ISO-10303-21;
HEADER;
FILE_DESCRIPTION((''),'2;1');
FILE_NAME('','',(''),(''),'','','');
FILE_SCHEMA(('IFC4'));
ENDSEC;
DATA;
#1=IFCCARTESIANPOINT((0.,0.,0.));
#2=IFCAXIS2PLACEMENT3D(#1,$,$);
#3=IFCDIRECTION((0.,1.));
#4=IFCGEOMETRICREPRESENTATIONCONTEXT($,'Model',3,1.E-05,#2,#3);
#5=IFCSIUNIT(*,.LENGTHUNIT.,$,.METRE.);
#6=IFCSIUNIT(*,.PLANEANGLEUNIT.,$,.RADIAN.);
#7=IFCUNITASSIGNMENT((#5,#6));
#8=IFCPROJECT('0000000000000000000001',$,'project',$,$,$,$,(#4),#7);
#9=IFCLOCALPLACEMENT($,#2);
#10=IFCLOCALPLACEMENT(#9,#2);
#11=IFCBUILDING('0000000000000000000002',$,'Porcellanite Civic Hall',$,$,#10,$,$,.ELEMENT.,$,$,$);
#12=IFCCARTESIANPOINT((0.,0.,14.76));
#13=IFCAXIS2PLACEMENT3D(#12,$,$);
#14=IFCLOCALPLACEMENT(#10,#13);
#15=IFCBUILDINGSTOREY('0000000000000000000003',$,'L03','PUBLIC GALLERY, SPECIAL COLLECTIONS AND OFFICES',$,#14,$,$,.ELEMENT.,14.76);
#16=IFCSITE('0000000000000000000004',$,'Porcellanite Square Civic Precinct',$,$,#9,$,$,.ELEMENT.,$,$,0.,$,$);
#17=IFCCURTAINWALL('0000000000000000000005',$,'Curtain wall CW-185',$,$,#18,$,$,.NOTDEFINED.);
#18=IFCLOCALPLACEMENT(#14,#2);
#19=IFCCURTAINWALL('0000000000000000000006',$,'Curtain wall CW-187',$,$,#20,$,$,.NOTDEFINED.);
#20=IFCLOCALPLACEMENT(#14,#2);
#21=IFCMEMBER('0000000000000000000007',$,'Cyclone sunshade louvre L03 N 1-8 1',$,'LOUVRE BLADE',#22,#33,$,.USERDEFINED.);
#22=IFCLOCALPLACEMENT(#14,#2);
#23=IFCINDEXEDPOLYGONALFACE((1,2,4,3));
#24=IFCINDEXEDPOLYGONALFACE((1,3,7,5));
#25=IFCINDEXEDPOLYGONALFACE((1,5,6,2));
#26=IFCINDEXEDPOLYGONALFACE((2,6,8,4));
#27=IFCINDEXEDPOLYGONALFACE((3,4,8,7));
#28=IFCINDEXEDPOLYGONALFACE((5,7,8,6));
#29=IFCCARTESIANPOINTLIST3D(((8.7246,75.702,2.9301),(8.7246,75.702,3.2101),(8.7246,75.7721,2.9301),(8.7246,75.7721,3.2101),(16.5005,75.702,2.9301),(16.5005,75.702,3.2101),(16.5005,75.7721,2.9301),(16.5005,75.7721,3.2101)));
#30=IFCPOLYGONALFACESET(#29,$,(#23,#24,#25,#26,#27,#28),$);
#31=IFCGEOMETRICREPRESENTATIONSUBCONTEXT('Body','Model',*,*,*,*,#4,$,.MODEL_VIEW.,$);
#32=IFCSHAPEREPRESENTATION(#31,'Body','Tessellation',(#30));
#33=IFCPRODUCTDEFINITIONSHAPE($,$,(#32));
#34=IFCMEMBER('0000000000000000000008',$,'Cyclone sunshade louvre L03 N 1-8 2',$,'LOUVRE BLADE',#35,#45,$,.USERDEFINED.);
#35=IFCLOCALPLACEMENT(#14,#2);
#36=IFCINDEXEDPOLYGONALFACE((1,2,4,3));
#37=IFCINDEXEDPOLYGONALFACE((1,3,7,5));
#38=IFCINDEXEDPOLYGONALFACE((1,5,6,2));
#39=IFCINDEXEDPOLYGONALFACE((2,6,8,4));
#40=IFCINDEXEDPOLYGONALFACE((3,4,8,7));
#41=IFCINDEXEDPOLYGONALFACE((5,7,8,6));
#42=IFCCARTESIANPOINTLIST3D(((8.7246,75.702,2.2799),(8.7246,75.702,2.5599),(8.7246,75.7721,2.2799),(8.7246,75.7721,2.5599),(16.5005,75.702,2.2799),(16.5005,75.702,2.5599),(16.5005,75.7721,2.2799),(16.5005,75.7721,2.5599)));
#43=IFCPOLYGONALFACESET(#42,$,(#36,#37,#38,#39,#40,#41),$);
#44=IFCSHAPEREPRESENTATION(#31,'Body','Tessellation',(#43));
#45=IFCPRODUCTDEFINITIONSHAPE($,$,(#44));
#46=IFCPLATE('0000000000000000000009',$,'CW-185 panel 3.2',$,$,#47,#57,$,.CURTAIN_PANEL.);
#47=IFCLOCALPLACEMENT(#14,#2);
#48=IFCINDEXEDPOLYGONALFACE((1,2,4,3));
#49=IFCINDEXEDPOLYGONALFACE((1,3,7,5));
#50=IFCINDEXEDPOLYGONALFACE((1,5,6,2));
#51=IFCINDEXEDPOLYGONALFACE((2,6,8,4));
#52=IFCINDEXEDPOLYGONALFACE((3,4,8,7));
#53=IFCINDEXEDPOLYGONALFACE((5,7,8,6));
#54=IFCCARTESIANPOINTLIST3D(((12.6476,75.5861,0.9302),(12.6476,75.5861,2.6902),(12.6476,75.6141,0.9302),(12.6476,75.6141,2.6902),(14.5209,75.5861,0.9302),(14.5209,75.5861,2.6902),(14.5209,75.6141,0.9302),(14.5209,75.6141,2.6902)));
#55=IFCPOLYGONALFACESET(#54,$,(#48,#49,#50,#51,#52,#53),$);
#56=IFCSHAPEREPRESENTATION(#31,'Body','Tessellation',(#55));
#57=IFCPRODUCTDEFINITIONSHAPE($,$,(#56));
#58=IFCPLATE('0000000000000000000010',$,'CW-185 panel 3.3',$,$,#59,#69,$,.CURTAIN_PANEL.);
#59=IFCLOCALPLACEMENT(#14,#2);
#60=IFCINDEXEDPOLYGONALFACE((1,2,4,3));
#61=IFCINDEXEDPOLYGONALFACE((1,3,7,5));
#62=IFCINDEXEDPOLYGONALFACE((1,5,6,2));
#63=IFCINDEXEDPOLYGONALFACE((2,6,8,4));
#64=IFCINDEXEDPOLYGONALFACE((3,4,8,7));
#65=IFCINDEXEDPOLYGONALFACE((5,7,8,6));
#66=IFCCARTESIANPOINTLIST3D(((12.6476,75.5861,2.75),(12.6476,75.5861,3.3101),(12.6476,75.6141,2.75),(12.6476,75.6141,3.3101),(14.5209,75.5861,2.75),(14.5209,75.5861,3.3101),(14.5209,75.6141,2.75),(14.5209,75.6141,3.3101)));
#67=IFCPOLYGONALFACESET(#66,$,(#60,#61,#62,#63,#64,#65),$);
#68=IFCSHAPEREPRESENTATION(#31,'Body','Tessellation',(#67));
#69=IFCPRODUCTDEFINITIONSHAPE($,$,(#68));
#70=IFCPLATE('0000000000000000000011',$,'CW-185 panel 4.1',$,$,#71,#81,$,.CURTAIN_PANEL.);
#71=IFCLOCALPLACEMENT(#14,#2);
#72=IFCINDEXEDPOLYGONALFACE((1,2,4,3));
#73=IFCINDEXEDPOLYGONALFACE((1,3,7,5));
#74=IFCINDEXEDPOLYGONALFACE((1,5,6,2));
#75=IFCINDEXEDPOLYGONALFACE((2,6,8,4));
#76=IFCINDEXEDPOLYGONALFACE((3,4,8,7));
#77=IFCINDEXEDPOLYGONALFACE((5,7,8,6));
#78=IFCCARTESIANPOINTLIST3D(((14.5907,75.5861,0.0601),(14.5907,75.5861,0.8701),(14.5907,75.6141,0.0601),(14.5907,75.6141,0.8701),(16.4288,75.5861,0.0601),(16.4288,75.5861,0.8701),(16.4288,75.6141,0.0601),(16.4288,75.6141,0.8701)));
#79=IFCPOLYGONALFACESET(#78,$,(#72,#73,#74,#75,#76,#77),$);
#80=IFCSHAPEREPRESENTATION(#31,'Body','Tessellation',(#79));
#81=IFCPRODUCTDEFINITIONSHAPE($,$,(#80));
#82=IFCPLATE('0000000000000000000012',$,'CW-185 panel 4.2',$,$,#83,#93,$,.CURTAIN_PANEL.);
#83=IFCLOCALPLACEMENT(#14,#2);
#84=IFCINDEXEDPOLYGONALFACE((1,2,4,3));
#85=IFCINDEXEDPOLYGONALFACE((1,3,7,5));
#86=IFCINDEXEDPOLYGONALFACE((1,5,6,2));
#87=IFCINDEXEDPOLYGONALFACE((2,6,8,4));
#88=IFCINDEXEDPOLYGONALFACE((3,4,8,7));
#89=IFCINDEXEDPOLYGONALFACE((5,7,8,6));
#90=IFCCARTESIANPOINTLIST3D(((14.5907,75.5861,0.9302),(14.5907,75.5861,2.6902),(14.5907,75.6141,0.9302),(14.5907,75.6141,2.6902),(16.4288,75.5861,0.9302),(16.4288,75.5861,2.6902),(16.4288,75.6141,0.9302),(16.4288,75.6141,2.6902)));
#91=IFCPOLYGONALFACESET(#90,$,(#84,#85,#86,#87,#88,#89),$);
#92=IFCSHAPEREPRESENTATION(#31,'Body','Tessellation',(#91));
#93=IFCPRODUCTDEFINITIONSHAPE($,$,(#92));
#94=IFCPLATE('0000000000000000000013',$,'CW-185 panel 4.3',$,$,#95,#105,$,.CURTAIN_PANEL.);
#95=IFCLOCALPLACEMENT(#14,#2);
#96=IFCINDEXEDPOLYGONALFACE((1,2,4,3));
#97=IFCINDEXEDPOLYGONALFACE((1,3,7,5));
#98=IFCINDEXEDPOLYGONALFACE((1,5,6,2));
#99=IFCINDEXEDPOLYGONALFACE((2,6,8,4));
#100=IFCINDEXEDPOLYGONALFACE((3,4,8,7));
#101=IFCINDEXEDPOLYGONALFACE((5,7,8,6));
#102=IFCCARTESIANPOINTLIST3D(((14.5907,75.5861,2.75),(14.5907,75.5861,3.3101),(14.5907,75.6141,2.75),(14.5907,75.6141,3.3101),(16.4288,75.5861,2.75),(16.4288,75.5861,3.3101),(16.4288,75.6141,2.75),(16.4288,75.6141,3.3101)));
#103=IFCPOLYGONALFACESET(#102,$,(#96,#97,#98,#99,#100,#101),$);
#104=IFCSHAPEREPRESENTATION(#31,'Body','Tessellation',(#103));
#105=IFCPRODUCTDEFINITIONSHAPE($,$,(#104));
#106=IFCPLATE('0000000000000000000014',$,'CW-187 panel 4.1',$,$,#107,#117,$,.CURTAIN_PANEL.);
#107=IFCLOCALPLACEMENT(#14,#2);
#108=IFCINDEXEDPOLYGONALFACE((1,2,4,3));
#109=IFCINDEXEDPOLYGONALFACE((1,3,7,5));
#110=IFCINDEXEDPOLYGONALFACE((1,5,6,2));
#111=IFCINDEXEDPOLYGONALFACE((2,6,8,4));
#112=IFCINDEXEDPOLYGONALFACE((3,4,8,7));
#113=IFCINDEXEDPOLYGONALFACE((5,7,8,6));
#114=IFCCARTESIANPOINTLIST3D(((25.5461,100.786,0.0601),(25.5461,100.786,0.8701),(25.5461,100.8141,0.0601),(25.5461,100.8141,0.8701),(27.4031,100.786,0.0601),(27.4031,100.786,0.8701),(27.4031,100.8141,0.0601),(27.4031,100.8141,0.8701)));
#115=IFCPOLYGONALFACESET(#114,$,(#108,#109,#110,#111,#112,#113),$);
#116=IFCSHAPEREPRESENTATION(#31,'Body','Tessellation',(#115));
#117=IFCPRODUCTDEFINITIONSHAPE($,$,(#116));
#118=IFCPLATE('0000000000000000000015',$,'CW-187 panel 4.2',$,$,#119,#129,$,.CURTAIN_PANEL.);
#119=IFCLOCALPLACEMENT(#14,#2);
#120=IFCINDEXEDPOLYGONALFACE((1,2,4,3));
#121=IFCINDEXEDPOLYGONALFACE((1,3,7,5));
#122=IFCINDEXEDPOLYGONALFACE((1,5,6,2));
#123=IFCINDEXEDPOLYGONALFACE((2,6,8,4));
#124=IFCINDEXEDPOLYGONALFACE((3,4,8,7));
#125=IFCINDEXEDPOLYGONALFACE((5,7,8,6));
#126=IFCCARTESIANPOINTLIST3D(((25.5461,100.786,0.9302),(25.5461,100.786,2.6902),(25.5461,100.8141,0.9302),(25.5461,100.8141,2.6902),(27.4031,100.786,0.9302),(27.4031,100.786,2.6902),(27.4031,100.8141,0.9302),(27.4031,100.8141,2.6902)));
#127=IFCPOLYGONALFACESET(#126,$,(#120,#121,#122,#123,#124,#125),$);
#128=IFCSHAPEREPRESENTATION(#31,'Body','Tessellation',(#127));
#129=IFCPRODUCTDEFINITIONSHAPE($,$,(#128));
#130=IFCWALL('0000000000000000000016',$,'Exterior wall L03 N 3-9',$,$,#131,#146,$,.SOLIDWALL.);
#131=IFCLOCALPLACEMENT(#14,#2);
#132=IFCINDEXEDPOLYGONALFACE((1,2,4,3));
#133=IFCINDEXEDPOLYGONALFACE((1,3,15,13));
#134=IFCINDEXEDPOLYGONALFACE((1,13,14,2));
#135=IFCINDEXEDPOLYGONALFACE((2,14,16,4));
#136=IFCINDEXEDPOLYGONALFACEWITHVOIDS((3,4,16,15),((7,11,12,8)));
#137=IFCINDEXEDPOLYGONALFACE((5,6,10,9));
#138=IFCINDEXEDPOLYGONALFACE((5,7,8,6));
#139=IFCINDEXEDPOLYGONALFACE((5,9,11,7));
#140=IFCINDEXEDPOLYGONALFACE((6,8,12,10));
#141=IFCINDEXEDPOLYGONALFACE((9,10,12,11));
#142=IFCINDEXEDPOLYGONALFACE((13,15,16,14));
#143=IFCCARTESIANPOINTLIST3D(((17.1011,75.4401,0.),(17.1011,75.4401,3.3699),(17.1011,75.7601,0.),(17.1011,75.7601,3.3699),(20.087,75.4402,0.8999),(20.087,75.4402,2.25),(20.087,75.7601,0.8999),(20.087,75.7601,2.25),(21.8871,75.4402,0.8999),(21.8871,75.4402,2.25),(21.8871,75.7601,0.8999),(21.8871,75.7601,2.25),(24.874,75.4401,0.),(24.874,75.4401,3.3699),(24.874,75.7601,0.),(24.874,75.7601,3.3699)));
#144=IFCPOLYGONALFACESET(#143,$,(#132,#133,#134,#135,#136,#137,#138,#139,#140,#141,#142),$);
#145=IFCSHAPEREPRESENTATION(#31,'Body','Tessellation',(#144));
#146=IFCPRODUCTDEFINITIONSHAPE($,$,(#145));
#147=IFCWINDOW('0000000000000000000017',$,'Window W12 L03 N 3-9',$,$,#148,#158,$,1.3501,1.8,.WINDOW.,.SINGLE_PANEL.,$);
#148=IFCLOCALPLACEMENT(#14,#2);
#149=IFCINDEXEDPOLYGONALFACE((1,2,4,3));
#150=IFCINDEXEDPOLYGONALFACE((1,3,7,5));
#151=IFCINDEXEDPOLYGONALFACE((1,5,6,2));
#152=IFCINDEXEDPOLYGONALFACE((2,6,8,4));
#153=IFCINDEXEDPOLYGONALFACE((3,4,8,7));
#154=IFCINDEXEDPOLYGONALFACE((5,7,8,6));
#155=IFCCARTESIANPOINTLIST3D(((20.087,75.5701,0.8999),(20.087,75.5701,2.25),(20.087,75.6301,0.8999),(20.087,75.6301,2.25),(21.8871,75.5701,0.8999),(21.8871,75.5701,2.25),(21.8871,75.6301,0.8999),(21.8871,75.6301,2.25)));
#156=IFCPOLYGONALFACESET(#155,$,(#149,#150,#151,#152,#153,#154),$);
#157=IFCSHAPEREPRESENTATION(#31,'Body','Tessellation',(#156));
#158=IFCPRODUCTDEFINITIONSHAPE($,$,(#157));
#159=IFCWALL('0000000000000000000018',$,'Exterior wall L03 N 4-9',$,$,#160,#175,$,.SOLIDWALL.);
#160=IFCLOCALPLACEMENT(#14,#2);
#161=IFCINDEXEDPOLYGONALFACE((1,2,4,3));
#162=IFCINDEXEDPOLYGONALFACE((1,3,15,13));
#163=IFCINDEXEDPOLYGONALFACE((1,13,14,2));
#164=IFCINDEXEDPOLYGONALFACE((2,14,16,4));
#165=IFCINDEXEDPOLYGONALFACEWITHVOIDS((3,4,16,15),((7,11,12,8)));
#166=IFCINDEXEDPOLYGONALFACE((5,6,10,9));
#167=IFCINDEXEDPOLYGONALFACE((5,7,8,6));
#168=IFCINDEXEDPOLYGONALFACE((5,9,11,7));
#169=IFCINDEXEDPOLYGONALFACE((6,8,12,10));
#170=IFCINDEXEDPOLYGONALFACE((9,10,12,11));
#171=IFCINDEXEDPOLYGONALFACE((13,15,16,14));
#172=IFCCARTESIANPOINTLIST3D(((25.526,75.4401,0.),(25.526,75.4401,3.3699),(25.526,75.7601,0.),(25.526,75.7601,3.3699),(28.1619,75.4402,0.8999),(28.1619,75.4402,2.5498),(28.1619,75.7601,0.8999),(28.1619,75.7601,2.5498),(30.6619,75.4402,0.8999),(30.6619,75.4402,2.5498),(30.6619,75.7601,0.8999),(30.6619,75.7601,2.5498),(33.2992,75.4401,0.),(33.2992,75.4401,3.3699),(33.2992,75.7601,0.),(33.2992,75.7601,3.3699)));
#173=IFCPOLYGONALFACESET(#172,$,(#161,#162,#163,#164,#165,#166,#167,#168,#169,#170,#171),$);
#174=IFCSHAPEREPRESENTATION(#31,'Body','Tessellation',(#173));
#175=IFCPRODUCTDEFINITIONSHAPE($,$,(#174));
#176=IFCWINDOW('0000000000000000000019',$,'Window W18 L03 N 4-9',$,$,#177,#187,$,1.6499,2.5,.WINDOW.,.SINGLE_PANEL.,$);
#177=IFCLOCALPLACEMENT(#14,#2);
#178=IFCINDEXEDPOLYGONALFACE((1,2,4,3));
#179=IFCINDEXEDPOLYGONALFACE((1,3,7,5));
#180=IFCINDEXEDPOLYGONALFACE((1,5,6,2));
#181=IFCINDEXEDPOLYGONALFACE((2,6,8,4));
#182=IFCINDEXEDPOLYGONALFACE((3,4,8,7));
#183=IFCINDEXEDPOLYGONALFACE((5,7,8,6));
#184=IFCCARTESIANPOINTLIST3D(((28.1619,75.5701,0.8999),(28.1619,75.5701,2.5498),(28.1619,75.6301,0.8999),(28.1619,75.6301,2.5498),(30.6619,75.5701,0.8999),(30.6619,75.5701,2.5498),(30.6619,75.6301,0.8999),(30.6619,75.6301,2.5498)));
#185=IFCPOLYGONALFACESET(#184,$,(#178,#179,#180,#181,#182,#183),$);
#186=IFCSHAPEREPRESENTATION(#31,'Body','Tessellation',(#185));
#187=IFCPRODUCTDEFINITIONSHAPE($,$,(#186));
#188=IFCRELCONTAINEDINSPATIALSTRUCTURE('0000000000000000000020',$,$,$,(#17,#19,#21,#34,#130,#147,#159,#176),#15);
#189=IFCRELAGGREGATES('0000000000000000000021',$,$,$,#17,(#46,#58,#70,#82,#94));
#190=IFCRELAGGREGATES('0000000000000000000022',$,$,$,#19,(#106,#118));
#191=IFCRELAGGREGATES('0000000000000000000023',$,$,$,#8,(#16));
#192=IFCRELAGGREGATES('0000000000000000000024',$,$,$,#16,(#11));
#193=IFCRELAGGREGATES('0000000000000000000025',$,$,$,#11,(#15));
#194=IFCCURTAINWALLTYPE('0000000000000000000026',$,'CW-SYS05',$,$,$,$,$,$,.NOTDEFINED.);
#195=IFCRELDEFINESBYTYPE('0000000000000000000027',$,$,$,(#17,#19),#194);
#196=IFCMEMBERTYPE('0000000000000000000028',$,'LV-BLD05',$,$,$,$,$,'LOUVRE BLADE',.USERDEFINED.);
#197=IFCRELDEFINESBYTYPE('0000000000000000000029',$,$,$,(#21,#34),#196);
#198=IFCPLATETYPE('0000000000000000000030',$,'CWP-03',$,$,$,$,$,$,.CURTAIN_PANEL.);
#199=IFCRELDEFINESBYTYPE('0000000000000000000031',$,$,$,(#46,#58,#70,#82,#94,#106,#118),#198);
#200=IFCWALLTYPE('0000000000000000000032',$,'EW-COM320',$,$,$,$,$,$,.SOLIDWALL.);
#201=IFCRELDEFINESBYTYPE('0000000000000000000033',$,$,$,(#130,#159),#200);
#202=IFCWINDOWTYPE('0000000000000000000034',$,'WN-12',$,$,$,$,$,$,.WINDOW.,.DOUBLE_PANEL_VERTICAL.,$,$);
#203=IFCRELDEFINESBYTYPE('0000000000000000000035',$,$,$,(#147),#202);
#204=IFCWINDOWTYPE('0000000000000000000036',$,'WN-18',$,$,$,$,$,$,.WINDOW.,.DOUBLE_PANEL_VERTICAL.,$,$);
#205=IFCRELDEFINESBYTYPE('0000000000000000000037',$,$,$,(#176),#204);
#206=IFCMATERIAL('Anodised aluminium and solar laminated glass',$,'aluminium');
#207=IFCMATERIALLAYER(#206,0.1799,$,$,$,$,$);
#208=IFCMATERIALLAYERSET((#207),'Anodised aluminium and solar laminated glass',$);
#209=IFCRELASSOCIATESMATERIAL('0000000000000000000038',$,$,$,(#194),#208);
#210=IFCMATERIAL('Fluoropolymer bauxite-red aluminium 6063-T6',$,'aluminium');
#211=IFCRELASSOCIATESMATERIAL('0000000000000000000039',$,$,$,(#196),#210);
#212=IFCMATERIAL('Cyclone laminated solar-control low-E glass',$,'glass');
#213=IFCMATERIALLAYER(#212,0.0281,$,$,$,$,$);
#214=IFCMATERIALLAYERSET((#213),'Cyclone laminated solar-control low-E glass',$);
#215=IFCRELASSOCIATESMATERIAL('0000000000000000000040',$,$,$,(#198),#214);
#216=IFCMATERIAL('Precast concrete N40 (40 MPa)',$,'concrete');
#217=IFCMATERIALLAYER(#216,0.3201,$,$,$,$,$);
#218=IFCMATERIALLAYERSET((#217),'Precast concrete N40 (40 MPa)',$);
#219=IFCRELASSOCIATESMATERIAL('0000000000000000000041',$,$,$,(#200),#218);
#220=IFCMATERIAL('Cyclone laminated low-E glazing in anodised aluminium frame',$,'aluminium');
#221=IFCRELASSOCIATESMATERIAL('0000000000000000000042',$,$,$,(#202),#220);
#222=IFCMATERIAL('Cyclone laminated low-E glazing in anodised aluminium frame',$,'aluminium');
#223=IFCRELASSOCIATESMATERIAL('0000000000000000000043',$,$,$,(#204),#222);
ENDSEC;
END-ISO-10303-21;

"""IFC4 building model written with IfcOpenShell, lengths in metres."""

from ifc_helpers import new_model, si_unit, direction, frame, frame_2d, origin, origin_2d, place, context, subcontext, project, spatial, rectangle, extrude, material, layer, layer_set, material_profile, profile_set, type_object, element, fill, aggregate, save


model = new_model("IFC4")

# Units and contexts
model_context = context("Model", 3, precision=1e-05, world=origin(), true_north=direction((0.0, 1.0)))
body_context = subcontext(model_context, "Body", "Model", "MODEL_VIEW")
ifc_project = project(units=[si_unit("LENGTHUNIT", "METRE"), si_unit("PLANEANGLEUNIT", "RADIAN")], contexts=[model_context])

# Site, building, storey
site_placement = place(None, origin())
site = spatial("IfcSite", under=ifc_project, at=site_placement, Name="Porcellanite Square Civic Precinct", CompositionType="ELEMENT", RefElevation=0.0)
building_placement = place(site_placement, origin())
building = spatial("IfcBuilding", under=site, at=building_placement, Name="Porcellanite Civic Hall", CompositionType="ELEMENT")
storey_placement = place(building_placement, frame((0.0, 0.0, 14.76)))
storey = spatial("IfcBuildingStorey", under=building, at=storey_placement, Name="L03", Description="PUBLIC GALLERY, SPECIAL COLLECTIONS AND OFFICES", CompositionType="ELEMENT", Elevation=14.76)

# Curtain wall
ifc_material_1 = material(Name="Anodised aluminium and solar laminated glass", Category="aluminium")
ifc_layer_1 = layer(ifc_material_1, 0.1799)
ifc_layer_set_1 = layer_set([ifc_layer_1], Name="Anodised aluminium and solar laminated glass")
curtain_wall_type = type_object("IfcCurtainWallType", Name="CW-SYS05", PredefinedType="NOTDEFINED", material=ifc_layer_set_1)
curtain_wall_1_placement = place(storey_placement, origin())
curtain_wall_1 = element("IfcCurtainWall", 1, at=curtain_wall_1_placement, inside=storey, type_object=curtain_wall_type, Name="Curtain wall CW-185", PredefinedType="NOTDEFINED")

# Curtain wall
curtain_wall_2_placement = place(storey_placement, origin())
curtain_wall_2 = element("IfcCurtainWall", 2, at=curtain_wall_2_placement, inside=storey, type_object=curtain_wall_type, Name="Curtain wall CW-187", PredefinedType="NOTDEFINED")

# Members
ifc_material_2 = material(Name="Fluoropolymer bauxite-red aluminium 6063-T6", Category="aluminium")
ifc_material_profile_1 = material_profile(ifc_material_2, rectangle(XDim=0.0701, YDim=0.28, at=origin_2d()), Name="AL-70x280")
ifc_profile_set_1 = profile_set([ifc_material_profile_1], Name="Fluoropolymer bauxite-red aluminium 6063-T6")
member_type_1 = type_object("IfcMemberType", Name="LV-BLD05", ElementType="LOUVRE BLADE", PredefinedType="USERDEFINED", material=ifc_profile_set_1)
for number, where, z_axis, x_axis, name in (
    (3, (8.7246, 75.7371, 3.0701), (1.0, 0.0, 0.0), (0.0, 1.0, 0.0), "Cyclone sunshade louvre L03 N 1-8 1"),
    (4, (8.7246, 75.7371, 2.4199), (1.0, 0.0, 0.0), (0.0, 1.0, 0.0), "Cyclone sunshade louvre L03 N 1-8 2"),
):
    element("IfcMember", number, at=place(storey_placement, frame(where, z_axis=z_axis, x_axis=x_axis)), inside=storey, type_object=member_type_1, Name=name, ObjectType="LOUVRE BLADE", PredefinedType="USERDEFINED", context=body_context, shape_type="SweptSolid", body=[
        extrude(rectangle(XDim=0.0701, YDim=0.28, at=origin_2d()), origin(), (0.0, 0.0, 1.0), 7.7759),
    ])

# Plates
ifc_material_3 = material(Name="Cyclone laminated solar-control low-E glass", Category="glass")
ifc_layer_2 = layer(ifc_material_3, 0.0281)
ifc_layer_set_2 = layer_set([ifc_layer_2], Name="Cyclone laminated solar-control low-E glass")
plate_type = type_object("IfcPlateType", Name="CWP-03", PredefinedType="CURTAIN_PANEL", material=ifc_layer_set_2)
plate_1_placement = place(storey_placement, frame((13.5842, 75.6001, 0.9302), z_axis=(0.0, 0.0, 1.0), x_axis=(1.0, 0.0, 0.0)))
plate_1 = element("IfcPlate", 5, at=plate_1_placement, type_object=plate_type, Name="CW-185 panel 3.2", PredefinedType="CURTAIN_PANEL", context=body_context, shape_type="SweptSolid", body=[
    extrude(rectangle(XDim=1.8733, YDim=0.0281, at=origin_2d()), origin(), (0.0, 0.0, 1.0), 1.76),
])
plate_2_placement = place(storey_placement, frame((13.5842, 75.6001, 2.75), z_axis=(0.0, 0.0, 1.0), x_axis=(1.0, 0.0, 0.0)))
plate_2 = element("IfcPlate", 6, at=plate_2_placement, type_object=plate_type, Name="CW-185 panel 3.3", PredefinedType="CURTAIN_PANEL", context=body_context, shape_type="SweptSolid", body=[
    extrude(rectangle(XDim=1.8733, YDim=0.0281, at=origin_2d()), origin(), (0.0, 0.0, 1.0), 0.5601),
])
plate_3_placement = place(storey_placement, frame((15.5098, 75.6001, 0.0601), z_axis=(0.0, 0.0, 1.0), x_axis=(1.0, 0.0, 0.0)))
plate_3 = element("IfcPlate", 7, at=plate_3_placement, type_object=plate_type, Name="CW-185 panel 4.1", PredefinedType="CURTAIN_PANEL", context=body_context, shape_type="SweptSolid", body=[
    extrude(rectangle(XDim=1.8381, YDim=0.0281, at=origin_2d()), origin(), (0.0, 0.0, 1.0), 0.8101),
])
plate_4_placement = place(storey_placement, frame((15.5098, 75.6001, 0.9302), z_axis=(0.0, 0.0, 1.0), x_axis=(1.0, 0.0, 0.0)))
plate_4 = element("IfcPlate", 8, at=plate_4_placement, type_object=plate_type, Name="CW-185 panel 4.2", PredefinedType="CURTAIN_PANEL", context=body_context, shape_type="SweptSolid", body=[
    extrude(rectangle(XDim=1.8381, YDim=0.0281, at=origin_2d()), origin(), (0.0, 0.0, 1.0), 1.76),
])
plate_5_placement = place(storey_placement, frame((15.5098, 75.6001, 2.75), z_axis=(0.0, 0.0, 1.0), x_axis=(1.0, 0.0, 0.0)))
plate_5 = element("IfcPlate", 9, at=plate_5_placement, type_object=plate_type, Name="CW-185 panel 4.3", PredefinedType="CURTAIN_PANEL", context=body_context, shape_type="SweptSolid", body=[
    extrude(rectangle(XDim=1.8381, YDim=0.0281, at=origin_2d()), origin(), (0.0, 0.0, 1.0), 0.5601),
])
aggregate(curtain_wall_1, [plate_1, plate_2, plate_3, plate_4, plate_5])
plate_6_placement = place(storey_placement, frame((26.4746, 100.8, 0.0601), z_axis=(0.0, 0.0, 1.0), x_axis=(-1.0, 0.0, 0.0)))
plate_6 = element("IfcPlate", 10, at=plate_6_placement, type_object=plate_type, Name="CW-187 panel 4.1", PredefinedType="CURTAIN_PANEL", context=body_context, shape_type="SweptSolid", body=[
    extrude(rectangle(XDim=1.8569, YDim=0.0281, at=origin_2d()), origin(), (0.0, 0.0, 1.0), 0.8101),
])
plate_7_placement = place(storey_placement, frame((26.4746, 100.8, 0.9302), z_axis=(0.0, 0.0, 1.0), x_axis=(-1.0, 0.0, 0.0)))
plate_7 = element("IfcPlate", 11, at=plate_7_placement, type_object=plate_type, Name="CW-187 panel 4.2", PredefinedType="CURTAIN_PANEL", context=body_context, shape_type="SweptSolid", body=[
    extrude(rectangle(XDim=1.8569, YDim=0.0281, at=origin_2d()), origin(), (0.0, 0.0, 1.0), 1.76),
])
aggregate(curtain_wall_2, [plate_6, plate_7])

# Walls, openings, windows
ifc_material_4 = material(Name="Precast concrete N40 (40 MPa)", Category="concrete")
ifc_layer_3 = layer(ifc_material_4, 0.3201)
ifc_layer_set_3 = layer_set([ifc_layer_3], Name="Precast concrete N40 (40 MPa)")
wall_type = type_object("IfcWallType", Name="EW-COM320", PredefinedType="SOLIDWALL", material=ifc_layer_set_3)
wall_1_placement = place(storey_placement, frame((17.1011, 75.6001, 0.0), z_axis=(0.0, 0.0, 1.0), x_axis=(1.0, 0.0, 0.0)))
wall_1 = element("IfcWall", 12, at=wall_1_placement, inside=storey, type_object=wall_type, Name="Exterior wall L03 N 3-9", PredefinedType="SOLIDWALL", context=body_context, shape_type="SweptSolid", body=[
    extrude(rectangle(XDim=7.7729, YDim=0.3201, at=frame_2d((3.8865, 0.0))), origin(), (0.0, 0.0, 1.0), 3.3699),
])
opening_1_placement = place(wall_1_placement, frame((2.9861, 0.0, 0.8999)))
opening_1 = element("IfcOpeningElement", 13, at=opening_1_placement, cuts=wall_1, PredefinedType="OPENING", context=body_context, shape_type="SweptSolid", body=[
    extrude(rectangle(XDim=1.8, YDim=1.3501, at=frame_2d((0.8999, 0.675))), frame((0.0, 0.1602, 0.0), z_axis=(0.0, -1.0, 0.0), x_axis=(1.0, 0.0, 0.0)), (0.0, 0.0, 1.0), 0.3201),
])
ifc_material_5 = material(Name="Cyclone laminated low-E glazing in anodised aluminium frame", Category="aluminium")
window_type_1 = type_object("IfcWindowType", Name="WN-12", PartitioningType="DOUBLE_PANEL_VERTICAL", PredefinedType="WINDOW", material=ifc_material_5)
window_1_placement = place(opening_1_placement, origin())
window_1 = element("IfcWindow", 14, at=window_1_placement, inside=storey, type_object=window_type_1, Name="Window W12 L03 N 3-9", OverallHeight=1.3501, OverallWidth=1.8, PartitioningType="SINGLE_PANEL", PredefinedType="WINDOW", context=body_context, shape_type="SweptSolid", body=[
    extrude(rectangle(XDim=1.8, YDim=1.3501, at=frame_2d((0.8999, 0.675))), frame((0.0, 0.03, 0.0), z_axis=(0.0, -1.0, 0.0), x_axis=(1.0, 0.0, 0.0)), (0.0, 0.0, 1.0), 0.0601),
])
fill(opening_1, window_1)
wall_2_placement = place(storey_placement, frame((25.5259, 75.6001, 0.0), z_axis=(0.0, 0.0, 1.0), x_axis=(1.0, 0.0, 0.0)))
wall_2 = element("IfcWall", 15, at=wall_2_placement, inside=storey, type_object=wall_type, Name="Exterior wall L03 N 4-9", PredefinedType="SOLIDWALL", context=body_context, shape_type="SweptSolid", body=[
    extrude(rectangle(XDim=7.7732, YDim=0.3201, at=frame_2d((3.8867, 0.0))), origin(), (0.0, 0.0, 1.0), 3.3699),
])
opening_2_placement = place(wall_2_placement, frame((2.636, 0.0, 0.8999)))
opening_2 = element("IfcOpeningElement", 16, at=opening_2_placement, cuts=wall_2, PredefinedType="OPENING", context=body_context, shape_type="SweptSolid", body=[
    extrude(rectangle(XDim=2.5, YDim=1.6499, at=frame_2d((1.25, 0.825))), frame((0.0, 0.1602, 0.0), z_axis=(0.0, -1.0, 0.0), x_axis=(1.0, 0.0, 0.0)), (0.0, 0.0, 1.0), 0.3201),
])
ifc_material_6 = material(Name="Cyclone laminated low-E glazing in anodised aluminium frame", Category="aluminium")
window_type_2 = type_object("IfcWindowType", Name="WN-18", PartitioningType="DOUBLE_PANEL_VERTICAL", PredefinedType="WINDOW", material=ifc_material_6)
window_2_placement = place(opening_2_placement, origin())
window_2 = element("IfcWindow", 17, at=window_2_placement, inside=storey, type_object=window_type_2, Name="Window W18 L03 N 4-9", OverallHeight=1.6499, OverallWidth=2.5, PartitioningType="SINGLE_PANEL", PredefinedType="WINDOW", context=body_context, shape_type="SweptSolid", body=[
    extrude(rectangle(XDim=2.5, YDim=1.6499, at=frame_2d((1.25, 0.825))), frame((0.0, 0.03, 0.0), z_axis=(0.0, -1.0, 0.0), x_axis=(1.0, 0.0, 0.0)), (0.0, 0.0, 1.0), 0.0601),
])
fill(opening_2, window_2)

save(model, "model.ifc")
